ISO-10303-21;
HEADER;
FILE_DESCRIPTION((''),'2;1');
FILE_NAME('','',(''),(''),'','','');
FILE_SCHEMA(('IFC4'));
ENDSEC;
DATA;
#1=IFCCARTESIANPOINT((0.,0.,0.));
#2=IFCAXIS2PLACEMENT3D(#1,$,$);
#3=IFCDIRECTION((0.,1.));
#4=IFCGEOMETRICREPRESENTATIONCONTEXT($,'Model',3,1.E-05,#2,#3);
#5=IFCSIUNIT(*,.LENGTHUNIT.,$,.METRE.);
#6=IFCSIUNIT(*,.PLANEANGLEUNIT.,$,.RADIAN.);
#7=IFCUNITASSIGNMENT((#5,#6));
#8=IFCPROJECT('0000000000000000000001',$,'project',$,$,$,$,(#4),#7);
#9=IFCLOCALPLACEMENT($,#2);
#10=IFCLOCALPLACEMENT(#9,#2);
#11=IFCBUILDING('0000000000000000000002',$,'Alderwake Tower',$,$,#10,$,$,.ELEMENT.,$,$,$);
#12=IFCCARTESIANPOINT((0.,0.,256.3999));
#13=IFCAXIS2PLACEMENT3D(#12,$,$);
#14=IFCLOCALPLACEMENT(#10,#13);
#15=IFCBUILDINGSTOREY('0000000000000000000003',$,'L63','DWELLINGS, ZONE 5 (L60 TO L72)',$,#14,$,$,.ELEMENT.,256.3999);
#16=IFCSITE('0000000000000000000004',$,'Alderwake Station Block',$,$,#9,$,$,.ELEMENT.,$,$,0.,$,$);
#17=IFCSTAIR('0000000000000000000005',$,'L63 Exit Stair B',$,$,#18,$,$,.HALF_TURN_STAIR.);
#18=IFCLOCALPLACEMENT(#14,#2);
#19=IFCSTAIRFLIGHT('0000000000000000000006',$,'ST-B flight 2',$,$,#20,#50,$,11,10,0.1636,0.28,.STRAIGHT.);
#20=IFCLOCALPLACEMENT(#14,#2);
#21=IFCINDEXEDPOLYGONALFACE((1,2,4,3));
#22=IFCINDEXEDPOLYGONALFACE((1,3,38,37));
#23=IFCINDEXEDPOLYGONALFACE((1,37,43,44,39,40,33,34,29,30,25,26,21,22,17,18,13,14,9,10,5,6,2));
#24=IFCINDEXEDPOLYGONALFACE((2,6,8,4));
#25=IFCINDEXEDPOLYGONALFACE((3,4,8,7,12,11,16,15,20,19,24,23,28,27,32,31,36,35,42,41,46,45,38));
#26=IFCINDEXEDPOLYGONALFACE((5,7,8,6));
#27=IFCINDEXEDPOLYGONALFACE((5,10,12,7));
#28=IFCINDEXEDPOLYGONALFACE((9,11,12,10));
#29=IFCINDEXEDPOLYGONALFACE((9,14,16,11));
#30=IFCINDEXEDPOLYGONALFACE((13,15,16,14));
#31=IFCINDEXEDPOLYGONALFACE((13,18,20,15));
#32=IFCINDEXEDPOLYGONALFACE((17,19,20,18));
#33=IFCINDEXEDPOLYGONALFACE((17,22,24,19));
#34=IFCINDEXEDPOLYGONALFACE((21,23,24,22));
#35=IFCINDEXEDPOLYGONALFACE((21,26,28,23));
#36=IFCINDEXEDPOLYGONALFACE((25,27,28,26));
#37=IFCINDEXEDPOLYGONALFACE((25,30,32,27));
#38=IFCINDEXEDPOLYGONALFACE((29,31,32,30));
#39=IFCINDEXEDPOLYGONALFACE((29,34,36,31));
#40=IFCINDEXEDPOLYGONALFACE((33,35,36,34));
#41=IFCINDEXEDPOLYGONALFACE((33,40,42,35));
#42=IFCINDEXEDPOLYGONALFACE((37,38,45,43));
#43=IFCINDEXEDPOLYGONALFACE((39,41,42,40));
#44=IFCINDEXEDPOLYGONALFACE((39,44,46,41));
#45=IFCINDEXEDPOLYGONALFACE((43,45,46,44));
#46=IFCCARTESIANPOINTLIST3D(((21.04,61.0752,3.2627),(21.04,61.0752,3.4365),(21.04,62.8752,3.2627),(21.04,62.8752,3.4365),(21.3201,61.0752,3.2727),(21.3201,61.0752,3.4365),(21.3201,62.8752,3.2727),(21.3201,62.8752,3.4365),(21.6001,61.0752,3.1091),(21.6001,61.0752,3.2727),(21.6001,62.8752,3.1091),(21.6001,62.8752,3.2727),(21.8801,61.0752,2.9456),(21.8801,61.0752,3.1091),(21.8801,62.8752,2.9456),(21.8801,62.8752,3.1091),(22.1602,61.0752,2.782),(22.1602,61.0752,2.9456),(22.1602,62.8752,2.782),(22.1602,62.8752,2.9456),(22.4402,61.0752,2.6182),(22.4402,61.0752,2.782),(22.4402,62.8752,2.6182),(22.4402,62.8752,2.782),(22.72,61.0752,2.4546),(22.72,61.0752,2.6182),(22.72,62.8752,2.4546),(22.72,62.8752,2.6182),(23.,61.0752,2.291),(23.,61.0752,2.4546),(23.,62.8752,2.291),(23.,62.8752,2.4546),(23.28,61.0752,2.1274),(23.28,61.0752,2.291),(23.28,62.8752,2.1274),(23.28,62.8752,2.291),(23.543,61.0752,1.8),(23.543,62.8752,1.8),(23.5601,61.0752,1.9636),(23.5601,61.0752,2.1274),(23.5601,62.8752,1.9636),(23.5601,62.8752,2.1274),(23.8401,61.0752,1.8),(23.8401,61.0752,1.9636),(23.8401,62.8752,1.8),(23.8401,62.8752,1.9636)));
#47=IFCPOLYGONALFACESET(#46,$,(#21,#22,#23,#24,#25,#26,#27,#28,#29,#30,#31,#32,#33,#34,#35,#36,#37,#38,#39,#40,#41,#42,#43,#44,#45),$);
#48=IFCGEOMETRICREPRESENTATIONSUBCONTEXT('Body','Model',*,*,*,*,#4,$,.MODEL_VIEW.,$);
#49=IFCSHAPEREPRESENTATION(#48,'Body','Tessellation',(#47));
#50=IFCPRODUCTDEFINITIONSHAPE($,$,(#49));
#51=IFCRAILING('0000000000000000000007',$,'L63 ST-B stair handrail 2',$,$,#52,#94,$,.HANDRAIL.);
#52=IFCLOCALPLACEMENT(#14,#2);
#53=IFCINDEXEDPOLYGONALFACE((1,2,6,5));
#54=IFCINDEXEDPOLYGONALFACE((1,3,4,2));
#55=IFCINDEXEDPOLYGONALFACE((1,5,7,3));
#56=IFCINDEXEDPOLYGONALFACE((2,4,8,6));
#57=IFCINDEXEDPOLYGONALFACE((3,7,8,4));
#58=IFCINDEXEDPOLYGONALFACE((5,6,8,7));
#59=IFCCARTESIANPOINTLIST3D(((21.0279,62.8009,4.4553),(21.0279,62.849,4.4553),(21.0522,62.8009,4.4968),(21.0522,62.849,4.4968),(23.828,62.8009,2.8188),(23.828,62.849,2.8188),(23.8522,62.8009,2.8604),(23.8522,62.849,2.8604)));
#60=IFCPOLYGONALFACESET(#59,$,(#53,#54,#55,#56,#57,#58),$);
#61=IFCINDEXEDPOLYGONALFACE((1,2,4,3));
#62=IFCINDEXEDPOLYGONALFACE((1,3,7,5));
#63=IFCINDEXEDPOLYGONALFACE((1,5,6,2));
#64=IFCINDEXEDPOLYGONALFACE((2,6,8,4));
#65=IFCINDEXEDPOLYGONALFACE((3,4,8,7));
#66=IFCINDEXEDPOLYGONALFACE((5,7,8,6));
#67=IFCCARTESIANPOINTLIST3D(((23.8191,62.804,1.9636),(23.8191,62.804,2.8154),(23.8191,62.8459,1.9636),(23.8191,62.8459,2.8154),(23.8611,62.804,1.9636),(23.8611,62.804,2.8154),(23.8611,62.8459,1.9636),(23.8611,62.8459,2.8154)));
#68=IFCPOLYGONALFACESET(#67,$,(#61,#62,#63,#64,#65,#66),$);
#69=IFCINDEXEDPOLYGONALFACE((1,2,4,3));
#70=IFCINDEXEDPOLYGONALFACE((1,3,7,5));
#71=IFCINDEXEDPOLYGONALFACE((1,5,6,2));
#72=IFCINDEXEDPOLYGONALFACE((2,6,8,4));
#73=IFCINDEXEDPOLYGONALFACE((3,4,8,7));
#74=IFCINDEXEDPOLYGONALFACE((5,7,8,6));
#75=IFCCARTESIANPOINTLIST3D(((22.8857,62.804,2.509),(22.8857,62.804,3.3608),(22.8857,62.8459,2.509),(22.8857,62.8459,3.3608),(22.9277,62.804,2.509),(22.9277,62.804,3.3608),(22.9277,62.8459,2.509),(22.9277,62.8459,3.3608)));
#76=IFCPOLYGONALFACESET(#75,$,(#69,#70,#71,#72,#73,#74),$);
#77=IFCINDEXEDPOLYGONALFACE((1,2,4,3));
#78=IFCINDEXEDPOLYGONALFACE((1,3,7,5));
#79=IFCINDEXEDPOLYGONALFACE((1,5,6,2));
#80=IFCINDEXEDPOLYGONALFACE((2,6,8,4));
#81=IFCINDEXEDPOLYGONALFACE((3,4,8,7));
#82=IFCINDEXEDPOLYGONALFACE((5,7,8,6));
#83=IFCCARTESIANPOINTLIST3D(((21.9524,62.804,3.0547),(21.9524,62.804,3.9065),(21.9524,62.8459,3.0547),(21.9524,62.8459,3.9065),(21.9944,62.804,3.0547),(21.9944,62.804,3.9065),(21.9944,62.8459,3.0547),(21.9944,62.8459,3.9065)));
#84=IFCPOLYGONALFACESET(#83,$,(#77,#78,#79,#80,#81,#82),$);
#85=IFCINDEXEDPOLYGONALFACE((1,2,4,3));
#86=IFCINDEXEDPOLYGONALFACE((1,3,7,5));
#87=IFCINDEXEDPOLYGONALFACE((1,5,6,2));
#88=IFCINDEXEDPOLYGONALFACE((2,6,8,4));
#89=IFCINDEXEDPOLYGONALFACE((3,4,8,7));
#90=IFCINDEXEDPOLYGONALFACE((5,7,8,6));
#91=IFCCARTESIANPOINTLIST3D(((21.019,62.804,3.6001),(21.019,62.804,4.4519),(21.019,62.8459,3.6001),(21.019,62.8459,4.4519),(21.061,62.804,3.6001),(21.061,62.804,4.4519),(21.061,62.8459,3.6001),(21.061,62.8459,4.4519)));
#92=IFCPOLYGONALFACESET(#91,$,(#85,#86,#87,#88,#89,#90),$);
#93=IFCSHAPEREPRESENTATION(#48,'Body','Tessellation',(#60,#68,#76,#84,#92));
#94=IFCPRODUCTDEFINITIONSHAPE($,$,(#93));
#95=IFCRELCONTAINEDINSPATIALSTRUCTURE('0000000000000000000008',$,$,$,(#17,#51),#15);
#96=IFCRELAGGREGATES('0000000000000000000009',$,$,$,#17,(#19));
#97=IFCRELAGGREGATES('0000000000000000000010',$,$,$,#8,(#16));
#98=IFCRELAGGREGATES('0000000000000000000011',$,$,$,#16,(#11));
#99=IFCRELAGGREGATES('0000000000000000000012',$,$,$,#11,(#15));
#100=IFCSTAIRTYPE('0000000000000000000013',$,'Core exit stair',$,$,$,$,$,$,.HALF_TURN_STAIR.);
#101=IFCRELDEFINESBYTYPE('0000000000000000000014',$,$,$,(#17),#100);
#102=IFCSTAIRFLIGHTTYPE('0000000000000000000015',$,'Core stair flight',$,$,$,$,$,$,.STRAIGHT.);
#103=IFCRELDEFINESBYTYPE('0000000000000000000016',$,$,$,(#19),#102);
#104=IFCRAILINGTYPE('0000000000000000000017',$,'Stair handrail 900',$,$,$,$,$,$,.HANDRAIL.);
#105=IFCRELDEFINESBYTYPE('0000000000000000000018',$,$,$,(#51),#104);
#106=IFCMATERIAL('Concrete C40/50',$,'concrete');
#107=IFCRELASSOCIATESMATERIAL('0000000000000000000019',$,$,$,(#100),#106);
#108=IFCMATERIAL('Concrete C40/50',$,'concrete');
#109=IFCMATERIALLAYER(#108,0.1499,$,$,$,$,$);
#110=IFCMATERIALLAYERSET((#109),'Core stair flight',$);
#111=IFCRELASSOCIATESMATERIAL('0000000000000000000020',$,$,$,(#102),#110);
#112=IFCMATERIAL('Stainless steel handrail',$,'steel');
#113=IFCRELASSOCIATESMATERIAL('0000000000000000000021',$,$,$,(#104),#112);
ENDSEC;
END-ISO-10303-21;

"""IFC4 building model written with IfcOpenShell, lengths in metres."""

from ifc_helpers import new_model, si_unit, direction, frame, origin, origin_2d, place, context, subcontext, project, spatial, polyline, rectangle, outline, extrude, material, layer, layer_set, type_object, element, aggregate, save


model = new_model("IFC4")

# Units and contexts
model_context = context("Model", 3, precision=1e-05, world=origin(), true_north=direction((0.0, 1.0)))
body_context = subcontext(model_context, "Body", "Model", "MODEL_VIEW")
ifc_project = project(units=[si_unit("LENGTHUNIT", "METRE"), si_unit("PLANEANGLEUNIT", "RADIAN")], contexts=[model_context])

# Site, building, storey
site_placement = place(None, origin())
site = spatial("IfcSite", under=ifc_project, at=site_placement, Name="Alderwake Station Block", CompositionType="ELEMENT", RefElevation=0.0)
building_placement = place(site_placement, origin())
building = spatial("IfcBuilding", under=site, at=building_placement, Name="Alderwake Tower", CompositionType="ELEMENT")
storey_placement = place(building_placement, frame((0.0, 0.0, 256.3999)))
storey = spatial("IfcBuildingStorey", under=building, at=storey_placement, Name="L63", Description="DWELLINGS, ZONE 5 (L60 TO L72)", CompositionType="ELEMENT", Elevation=256.3999)

# Stair, stair flight
ifc_material_1 = material(Name="Concrete C40/50", Category="concrete")
stair_type = type_object("IfcStairType", Name="Core exit stair", PredefinedType="HALF_TURN_STAIR", material=ifc_material_1)
stair_placement = place(storey_placement, origin())
stair = element("IfcStair", 1, at=stair_placement, inside=storey, type_object=stair_type, Name="L63 Exit Stair B", PredefinedType="HALF_TURN_STAIR")
ifc_material_2 = material(Name="Concrete C40/50", Category="concrete")
ifc_layer_1 = layer(ifc_material_2, 0.1499)
ifc_layer_set_1 = layer_set([ifc_layer_1], Name="Core stair flight")
stair_flight_type = type_object("IfcStairFlightType", Name="Core stair flight", PredefinedType="STRAIGHT", material=ifc_layer_set_1)
stair_flight_1_placement = place(storey_placement, frame((23.8401, 61.9751, 1.8), z_axis=(0.0, 0.0, 1.0), x_axis=(-1.0, 0.0, 0.0)))
stair_flight_1 = element("IfcStairFlight", 2, at=stair_flight_1_placement, type_object=stair_flight_type, Name="ST-B flight 2", NumberOfRisers=11, NumberOfTreads=10, PredefinedType="STRAIGHT", RiserHeight=0.1636, TreadLength=0.28, context=body_context, shape_type="SweptSolid", body=[
    extrude(outline(polyline([(0.0, 0.0), (0.0, 0.1636), (0.28, 0.1636), (0.28, 0.3274), (0.5601, 0.3274), (0.5601, 0.491), (0.8401, 0.491), (0.8401, 0.6545), (1.1201, 0.6545), (1.1201, 0.8181), (1.3999, 0.8181), (1.3999, 0.9819), (1.6799, 0.9819), (1.6799, 1.1455), (1.96, 1.1455), (1.96, 1.3091), (2.24, 1.3091), (2.24, 1.4727), (2.52, 1.4727), (2.52, 1.6365), (2.8, 1.6365), (2.8, 1.8), (2.8, 1.4626), (0.2971, 0.0), (0.0, 0.0)])), frame((0.0, 0.8999, 0.0), z_axis=(0.0, -1.0, 0.0), x_axis=(1.0, 0.0, 0.0)), (0.0, 0.0, 1.0), 1.8),
])
aggregate(stair, [stair_flight_1])

# Railing
ifc_material_3 = material(Name="Stainless steel handrail", Category="steel")
railing_type = type_object("IfcRailingType", Name="Stair handrail 900", PredefinedType="HANDRAIL", material=ifc_material_3)
railing_placement = place(storey_placement, frame((23.8401, 62.825, 1.9636)))
element("IfcRailing", 3, at=railing_placement, inside=storey, type_object=railing_type, Name="L63 ST-B stair handrail 2", PredefinedType="HANDRAIL", context=body_context, shape_type="SweptSolid", body=[
    extrude(rectangle(XDim=0.0481, YDim=0.0481, at=origin_2d()), frame((0.0, 0.0, 0.876), z_axis=(-0.863361, 0.0, 0.504587), x_axis=(0.0, -1.0, 0.0)), (0.0, 0.0, 1.0), 3.2432),
    extrude(rectangle(XDim=0.042, YDim=0.042, at=origin_2d()), frame((0.0, 0.0, 0.0), z_axis=(0.0, 0.0, 1.0), x_axis=(-1.0, 0.0, 0.0)), (0.0, 0.0, 1.0), 0.8518),
    extrude(rectangle(XDim=0.042, YDim=0.042, at=origin_2d()), frame((-0.9333, 0.0, 0.5454), z_axis=(0.0, 0.0, 1.0), x_axis=(-1.0, 0.0, 0.0)), (0.0, 0.0, 1.0), 0.8518),
    extrude(rectangle(XDim=0.042, YDim=0.042, at=origin_2d()), frame((-1.8667, 0.0, 1.0911), z_axis=(0.0, 0.0, 1.0), x_axis=(-1.0, 0.0, 0.0)), (0.0, 0.0, 1.0), 0.8518),
    extrude(rectangle(XDim=0.042, YDim=0.042, at=origin_2d()), frame((-2.8, 0.0, 1.6365), z_axis=(0.0, 0.0, 1.0), x_axis=(-1.0, 0.0, 0.0)), (0.0, 0.0, 1.0), 0.8518),
])

save(model, "model.ifc")
